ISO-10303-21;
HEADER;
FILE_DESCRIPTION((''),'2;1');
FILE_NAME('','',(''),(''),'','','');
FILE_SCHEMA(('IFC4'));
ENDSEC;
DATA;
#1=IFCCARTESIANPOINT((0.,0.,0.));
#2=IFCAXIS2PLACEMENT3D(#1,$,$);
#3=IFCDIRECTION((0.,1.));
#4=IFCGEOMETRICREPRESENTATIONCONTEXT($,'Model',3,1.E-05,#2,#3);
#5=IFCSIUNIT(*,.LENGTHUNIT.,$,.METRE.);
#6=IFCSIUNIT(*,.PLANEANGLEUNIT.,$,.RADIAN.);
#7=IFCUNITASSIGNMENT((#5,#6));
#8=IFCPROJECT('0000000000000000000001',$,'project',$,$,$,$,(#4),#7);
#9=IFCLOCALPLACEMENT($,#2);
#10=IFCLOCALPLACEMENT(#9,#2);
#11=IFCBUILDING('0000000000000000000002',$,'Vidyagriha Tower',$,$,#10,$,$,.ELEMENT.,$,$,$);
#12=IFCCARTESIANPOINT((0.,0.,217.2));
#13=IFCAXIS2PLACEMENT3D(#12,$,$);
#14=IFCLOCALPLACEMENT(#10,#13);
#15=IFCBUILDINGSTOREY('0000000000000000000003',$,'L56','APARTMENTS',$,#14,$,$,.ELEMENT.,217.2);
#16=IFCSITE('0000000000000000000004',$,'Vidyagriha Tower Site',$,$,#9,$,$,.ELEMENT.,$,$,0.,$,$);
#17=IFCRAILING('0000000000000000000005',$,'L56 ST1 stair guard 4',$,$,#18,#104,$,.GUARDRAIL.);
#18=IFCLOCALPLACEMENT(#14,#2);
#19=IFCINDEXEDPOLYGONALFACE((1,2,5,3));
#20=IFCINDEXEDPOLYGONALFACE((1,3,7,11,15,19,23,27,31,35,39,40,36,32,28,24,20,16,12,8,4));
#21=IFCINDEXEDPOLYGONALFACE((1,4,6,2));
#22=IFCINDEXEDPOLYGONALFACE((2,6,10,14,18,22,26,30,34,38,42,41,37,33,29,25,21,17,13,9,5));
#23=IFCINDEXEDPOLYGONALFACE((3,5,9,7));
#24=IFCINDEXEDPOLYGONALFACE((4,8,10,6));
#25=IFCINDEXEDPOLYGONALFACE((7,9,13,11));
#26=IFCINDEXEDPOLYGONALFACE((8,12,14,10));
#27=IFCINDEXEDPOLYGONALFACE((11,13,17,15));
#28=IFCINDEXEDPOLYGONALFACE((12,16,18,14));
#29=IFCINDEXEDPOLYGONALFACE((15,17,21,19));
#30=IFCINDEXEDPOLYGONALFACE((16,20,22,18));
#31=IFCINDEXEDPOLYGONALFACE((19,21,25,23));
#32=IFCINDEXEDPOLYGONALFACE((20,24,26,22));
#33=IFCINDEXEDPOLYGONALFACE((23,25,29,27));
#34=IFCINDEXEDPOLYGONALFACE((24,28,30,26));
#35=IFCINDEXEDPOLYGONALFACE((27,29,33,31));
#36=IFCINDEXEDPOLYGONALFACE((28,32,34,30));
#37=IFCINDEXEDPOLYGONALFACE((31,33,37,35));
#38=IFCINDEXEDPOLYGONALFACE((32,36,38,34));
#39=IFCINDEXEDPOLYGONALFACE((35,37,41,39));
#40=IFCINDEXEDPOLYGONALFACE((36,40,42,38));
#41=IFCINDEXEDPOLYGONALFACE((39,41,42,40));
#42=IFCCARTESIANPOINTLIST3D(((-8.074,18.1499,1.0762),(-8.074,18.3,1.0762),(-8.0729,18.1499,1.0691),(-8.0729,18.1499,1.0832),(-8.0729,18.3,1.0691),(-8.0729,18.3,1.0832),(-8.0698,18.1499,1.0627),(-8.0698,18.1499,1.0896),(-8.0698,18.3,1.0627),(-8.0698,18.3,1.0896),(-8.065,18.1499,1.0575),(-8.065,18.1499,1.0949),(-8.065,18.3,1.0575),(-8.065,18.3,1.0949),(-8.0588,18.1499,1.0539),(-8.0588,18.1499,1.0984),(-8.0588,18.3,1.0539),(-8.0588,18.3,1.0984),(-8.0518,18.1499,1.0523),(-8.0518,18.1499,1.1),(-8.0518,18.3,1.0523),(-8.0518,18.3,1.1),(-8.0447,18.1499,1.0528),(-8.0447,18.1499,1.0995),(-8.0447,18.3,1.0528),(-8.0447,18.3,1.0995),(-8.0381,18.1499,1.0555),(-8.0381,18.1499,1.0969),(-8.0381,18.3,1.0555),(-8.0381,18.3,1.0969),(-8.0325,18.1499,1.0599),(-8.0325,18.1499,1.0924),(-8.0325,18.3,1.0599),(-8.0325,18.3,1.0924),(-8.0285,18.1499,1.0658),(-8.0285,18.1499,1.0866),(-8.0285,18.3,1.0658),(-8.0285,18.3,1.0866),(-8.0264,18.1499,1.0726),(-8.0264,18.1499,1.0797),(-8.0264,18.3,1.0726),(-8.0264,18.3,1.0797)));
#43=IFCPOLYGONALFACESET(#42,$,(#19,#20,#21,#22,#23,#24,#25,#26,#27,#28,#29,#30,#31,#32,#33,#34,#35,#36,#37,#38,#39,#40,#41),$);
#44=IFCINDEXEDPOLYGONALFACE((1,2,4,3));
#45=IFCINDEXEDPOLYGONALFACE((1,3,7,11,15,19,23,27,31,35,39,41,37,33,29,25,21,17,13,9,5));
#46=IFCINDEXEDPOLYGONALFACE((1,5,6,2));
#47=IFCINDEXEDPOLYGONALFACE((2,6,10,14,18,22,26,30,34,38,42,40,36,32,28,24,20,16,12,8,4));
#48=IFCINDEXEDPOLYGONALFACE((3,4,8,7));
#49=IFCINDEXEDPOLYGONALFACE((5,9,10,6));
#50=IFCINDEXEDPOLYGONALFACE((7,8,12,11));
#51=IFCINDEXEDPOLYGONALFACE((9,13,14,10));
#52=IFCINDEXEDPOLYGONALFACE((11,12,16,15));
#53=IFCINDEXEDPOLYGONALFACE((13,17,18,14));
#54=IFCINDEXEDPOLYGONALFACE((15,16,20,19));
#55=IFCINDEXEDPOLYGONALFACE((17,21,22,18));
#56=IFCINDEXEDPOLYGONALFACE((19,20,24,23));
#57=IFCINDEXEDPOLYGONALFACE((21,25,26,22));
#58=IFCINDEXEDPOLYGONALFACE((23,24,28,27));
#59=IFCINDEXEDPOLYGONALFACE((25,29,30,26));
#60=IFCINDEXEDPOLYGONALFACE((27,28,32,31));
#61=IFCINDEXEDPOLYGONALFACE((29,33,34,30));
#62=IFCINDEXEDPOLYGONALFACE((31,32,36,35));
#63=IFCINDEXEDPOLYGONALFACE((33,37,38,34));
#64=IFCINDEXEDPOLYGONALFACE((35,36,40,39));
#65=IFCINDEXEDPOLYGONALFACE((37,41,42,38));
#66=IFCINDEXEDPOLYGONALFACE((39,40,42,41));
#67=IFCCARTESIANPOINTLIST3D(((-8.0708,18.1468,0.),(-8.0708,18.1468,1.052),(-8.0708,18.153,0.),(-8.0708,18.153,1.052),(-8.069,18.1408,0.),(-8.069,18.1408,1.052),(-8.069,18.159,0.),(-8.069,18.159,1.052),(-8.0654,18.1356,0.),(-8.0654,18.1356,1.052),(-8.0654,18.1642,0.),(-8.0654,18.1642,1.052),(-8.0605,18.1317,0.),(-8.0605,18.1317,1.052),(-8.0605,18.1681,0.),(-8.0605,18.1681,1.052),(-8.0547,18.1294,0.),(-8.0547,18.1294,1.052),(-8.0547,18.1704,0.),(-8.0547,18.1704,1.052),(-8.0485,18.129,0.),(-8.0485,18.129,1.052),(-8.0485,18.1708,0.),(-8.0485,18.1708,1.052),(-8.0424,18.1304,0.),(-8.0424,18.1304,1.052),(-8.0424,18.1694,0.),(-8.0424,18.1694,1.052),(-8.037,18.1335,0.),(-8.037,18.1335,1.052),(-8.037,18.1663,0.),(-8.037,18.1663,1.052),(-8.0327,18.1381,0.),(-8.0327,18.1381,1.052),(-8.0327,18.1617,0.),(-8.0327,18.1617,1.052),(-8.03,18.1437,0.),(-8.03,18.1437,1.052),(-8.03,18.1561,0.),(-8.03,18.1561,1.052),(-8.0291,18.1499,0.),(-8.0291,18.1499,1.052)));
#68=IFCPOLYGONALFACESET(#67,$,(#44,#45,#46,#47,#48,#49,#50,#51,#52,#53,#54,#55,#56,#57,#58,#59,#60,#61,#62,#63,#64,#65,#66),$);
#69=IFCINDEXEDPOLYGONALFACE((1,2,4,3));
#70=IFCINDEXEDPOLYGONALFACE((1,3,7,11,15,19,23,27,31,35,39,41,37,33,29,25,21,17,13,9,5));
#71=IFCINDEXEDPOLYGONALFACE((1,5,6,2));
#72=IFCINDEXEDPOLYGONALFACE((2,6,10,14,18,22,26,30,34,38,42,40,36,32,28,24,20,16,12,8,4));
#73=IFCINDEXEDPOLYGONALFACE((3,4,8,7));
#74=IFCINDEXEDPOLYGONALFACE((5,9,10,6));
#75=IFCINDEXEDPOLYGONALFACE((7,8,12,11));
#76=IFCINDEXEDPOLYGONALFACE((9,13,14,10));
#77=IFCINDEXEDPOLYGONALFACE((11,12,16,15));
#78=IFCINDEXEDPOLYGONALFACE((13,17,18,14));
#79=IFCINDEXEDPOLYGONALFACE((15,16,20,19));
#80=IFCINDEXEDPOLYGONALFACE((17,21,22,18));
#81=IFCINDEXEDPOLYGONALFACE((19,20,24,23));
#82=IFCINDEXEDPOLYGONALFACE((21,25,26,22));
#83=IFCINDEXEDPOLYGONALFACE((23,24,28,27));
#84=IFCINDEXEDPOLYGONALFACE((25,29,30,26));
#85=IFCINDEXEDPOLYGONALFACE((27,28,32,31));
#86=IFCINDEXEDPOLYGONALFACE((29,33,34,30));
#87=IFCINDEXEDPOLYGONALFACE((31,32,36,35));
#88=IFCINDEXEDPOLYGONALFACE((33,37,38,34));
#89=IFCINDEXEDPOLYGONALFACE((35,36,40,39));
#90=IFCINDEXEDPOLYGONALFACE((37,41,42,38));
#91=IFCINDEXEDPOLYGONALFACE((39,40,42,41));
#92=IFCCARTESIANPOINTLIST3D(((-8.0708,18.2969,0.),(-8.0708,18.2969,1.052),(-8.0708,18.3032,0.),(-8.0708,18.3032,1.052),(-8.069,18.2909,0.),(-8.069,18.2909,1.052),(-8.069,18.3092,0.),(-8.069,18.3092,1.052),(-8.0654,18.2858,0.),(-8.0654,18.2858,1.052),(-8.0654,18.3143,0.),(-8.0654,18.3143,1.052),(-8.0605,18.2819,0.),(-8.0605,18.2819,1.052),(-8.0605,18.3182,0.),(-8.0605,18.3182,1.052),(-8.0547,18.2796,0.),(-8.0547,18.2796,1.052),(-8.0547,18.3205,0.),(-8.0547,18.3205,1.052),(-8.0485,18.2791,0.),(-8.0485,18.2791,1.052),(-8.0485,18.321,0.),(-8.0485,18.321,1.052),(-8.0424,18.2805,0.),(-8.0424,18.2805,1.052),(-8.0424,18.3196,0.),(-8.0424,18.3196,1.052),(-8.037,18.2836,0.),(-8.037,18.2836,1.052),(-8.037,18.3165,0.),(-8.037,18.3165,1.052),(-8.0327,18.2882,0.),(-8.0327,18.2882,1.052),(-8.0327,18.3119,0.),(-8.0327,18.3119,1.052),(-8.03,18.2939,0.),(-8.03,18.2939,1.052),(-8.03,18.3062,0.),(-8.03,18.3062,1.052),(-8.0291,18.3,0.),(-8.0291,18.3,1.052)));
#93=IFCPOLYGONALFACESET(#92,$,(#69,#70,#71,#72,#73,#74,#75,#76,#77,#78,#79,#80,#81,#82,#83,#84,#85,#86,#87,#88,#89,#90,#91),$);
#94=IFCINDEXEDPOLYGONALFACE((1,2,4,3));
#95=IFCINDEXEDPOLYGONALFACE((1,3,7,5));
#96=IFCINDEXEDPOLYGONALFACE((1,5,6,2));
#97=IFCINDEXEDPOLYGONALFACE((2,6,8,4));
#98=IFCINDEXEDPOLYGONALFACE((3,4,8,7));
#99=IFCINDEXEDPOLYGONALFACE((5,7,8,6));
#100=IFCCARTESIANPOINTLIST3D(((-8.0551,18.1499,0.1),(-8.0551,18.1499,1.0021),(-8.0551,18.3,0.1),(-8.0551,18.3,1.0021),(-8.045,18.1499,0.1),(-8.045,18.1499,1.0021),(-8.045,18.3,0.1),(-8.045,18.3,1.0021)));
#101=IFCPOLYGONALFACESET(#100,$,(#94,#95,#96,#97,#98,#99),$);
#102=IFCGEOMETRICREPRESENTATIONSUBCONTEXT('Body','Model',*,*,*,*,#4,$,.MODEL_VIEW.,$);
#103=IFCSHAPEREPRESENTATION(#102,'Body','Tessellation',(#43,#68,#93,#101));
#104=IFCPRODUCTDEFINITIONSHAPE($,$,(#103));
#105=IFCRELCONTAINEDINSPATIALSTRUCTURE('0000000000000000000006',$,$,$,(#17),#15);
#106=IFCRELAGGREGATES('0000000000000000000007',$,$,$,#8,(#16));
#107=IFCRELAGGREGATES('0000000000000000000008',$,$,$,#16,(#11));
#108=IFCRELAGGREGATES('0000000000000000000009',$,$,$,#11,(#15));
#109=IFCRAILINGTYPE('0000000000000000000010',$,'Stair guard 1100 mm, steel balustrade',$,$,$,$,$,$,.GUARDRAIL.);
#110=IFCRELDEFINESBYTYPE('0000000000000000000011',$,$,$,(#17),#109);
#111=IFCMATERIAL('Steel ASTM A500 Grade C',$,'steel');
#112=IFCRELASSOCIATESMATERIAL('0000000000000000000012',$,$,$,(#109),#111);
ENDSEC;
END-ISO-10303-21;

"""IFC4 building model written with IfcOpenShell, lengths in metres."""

from ifc_helpers import new_model, si_unit, direction, frame, origin, origin_2d, place, context, subcontext, project, spatial, rectangle, circle, extrude, material, type_object, element, save


model = new_model("IFC4")

# Units and contexts
model_context = context("Model", 3, precision=1e-05, world=origin(), true_north=direction((0.0, 1.0)))
body_context = subcontext(model_context, "Body", "Model", "MODEL_VIEW")
ifc_project = project(units=[si_unit("LENGTHUNIT", "METRE"), si_unit("PLANEANGLEUNIT", "RADIAN")], contexts=[model_context])

# Site, building, storey
site_placement = place(None, origin())
site = spatial("IfcSite", under=ifc_project, at=site_placement, Name="Vidyagriha Tower Site", CompositionType="ELEMENT", RefElevation=0.0)
building_placement = place(site_placement, origin())
building = spatial("IfcBuilding", under=site, at=building_placement, Name="Vidyagriha Tower", CompositionType="ELEMENT")
storey_placement = place(building_placement, frame((0.0, 0.0, 217.2)))
storey = spatial("IfcBuildingStorey", under=building, at=storey_placement, Name="L56", Description="APARTMENTS", CompositionType="ELEMENT", Elevation=217.2)

# Railing
ifc_material_1 = material(Name="Steel ASTM A500 Grade C", Category="steel")
railing_type_1 = type_object("IfcRailingType", Name="Stair guard 1100 mm, steel balustrade", PredefinedType="GUARDRAIL", material=ifc_material_1)
railing_1_placement = place(storey_placement, frame((-8.05, 18.1499, 0.0)))
element("IfcRailing", 1, at=railing_1_placement, inside=storey, type_object=railing_type_1, Name="L56 ST1 stair guard 4", PredefinedType="GUARDRAIL", context=body_context, shape_type="SweptSolid", body=[
    extrude(circle(Radius=0.0239, at=origin_2d()), frame((0.0, 0.0, 1.0762), z_axis=(0.0, 1.0, 0.0), x_axis=(-1.0, 0.0, 0.0)), (0.0, 0.0, 1.0), 0.1501),
    extrude(circle(Radius=0.021, at=origin_2d()), origin(), (0.0, 0.0, 1.0), 1.052),
    extrude(circle(Radius=0.021, at=origin_2d()), frame((0.0, 0.1501, 0.0)), (0.0, 0.0, 1.0), 1.052),
    extrude(rectangle(XDim=0.01, YDim=0.9021, at=origin_2d()), frame((0.0, 0.0, 0.551), z_axis=(0.0, 1.0, 0.0), x_axis=(-1.0, 0.0, 0.0)), (0.0, 0.0, 1.0), 0.1501),
])

save(model, "model.ifc")
